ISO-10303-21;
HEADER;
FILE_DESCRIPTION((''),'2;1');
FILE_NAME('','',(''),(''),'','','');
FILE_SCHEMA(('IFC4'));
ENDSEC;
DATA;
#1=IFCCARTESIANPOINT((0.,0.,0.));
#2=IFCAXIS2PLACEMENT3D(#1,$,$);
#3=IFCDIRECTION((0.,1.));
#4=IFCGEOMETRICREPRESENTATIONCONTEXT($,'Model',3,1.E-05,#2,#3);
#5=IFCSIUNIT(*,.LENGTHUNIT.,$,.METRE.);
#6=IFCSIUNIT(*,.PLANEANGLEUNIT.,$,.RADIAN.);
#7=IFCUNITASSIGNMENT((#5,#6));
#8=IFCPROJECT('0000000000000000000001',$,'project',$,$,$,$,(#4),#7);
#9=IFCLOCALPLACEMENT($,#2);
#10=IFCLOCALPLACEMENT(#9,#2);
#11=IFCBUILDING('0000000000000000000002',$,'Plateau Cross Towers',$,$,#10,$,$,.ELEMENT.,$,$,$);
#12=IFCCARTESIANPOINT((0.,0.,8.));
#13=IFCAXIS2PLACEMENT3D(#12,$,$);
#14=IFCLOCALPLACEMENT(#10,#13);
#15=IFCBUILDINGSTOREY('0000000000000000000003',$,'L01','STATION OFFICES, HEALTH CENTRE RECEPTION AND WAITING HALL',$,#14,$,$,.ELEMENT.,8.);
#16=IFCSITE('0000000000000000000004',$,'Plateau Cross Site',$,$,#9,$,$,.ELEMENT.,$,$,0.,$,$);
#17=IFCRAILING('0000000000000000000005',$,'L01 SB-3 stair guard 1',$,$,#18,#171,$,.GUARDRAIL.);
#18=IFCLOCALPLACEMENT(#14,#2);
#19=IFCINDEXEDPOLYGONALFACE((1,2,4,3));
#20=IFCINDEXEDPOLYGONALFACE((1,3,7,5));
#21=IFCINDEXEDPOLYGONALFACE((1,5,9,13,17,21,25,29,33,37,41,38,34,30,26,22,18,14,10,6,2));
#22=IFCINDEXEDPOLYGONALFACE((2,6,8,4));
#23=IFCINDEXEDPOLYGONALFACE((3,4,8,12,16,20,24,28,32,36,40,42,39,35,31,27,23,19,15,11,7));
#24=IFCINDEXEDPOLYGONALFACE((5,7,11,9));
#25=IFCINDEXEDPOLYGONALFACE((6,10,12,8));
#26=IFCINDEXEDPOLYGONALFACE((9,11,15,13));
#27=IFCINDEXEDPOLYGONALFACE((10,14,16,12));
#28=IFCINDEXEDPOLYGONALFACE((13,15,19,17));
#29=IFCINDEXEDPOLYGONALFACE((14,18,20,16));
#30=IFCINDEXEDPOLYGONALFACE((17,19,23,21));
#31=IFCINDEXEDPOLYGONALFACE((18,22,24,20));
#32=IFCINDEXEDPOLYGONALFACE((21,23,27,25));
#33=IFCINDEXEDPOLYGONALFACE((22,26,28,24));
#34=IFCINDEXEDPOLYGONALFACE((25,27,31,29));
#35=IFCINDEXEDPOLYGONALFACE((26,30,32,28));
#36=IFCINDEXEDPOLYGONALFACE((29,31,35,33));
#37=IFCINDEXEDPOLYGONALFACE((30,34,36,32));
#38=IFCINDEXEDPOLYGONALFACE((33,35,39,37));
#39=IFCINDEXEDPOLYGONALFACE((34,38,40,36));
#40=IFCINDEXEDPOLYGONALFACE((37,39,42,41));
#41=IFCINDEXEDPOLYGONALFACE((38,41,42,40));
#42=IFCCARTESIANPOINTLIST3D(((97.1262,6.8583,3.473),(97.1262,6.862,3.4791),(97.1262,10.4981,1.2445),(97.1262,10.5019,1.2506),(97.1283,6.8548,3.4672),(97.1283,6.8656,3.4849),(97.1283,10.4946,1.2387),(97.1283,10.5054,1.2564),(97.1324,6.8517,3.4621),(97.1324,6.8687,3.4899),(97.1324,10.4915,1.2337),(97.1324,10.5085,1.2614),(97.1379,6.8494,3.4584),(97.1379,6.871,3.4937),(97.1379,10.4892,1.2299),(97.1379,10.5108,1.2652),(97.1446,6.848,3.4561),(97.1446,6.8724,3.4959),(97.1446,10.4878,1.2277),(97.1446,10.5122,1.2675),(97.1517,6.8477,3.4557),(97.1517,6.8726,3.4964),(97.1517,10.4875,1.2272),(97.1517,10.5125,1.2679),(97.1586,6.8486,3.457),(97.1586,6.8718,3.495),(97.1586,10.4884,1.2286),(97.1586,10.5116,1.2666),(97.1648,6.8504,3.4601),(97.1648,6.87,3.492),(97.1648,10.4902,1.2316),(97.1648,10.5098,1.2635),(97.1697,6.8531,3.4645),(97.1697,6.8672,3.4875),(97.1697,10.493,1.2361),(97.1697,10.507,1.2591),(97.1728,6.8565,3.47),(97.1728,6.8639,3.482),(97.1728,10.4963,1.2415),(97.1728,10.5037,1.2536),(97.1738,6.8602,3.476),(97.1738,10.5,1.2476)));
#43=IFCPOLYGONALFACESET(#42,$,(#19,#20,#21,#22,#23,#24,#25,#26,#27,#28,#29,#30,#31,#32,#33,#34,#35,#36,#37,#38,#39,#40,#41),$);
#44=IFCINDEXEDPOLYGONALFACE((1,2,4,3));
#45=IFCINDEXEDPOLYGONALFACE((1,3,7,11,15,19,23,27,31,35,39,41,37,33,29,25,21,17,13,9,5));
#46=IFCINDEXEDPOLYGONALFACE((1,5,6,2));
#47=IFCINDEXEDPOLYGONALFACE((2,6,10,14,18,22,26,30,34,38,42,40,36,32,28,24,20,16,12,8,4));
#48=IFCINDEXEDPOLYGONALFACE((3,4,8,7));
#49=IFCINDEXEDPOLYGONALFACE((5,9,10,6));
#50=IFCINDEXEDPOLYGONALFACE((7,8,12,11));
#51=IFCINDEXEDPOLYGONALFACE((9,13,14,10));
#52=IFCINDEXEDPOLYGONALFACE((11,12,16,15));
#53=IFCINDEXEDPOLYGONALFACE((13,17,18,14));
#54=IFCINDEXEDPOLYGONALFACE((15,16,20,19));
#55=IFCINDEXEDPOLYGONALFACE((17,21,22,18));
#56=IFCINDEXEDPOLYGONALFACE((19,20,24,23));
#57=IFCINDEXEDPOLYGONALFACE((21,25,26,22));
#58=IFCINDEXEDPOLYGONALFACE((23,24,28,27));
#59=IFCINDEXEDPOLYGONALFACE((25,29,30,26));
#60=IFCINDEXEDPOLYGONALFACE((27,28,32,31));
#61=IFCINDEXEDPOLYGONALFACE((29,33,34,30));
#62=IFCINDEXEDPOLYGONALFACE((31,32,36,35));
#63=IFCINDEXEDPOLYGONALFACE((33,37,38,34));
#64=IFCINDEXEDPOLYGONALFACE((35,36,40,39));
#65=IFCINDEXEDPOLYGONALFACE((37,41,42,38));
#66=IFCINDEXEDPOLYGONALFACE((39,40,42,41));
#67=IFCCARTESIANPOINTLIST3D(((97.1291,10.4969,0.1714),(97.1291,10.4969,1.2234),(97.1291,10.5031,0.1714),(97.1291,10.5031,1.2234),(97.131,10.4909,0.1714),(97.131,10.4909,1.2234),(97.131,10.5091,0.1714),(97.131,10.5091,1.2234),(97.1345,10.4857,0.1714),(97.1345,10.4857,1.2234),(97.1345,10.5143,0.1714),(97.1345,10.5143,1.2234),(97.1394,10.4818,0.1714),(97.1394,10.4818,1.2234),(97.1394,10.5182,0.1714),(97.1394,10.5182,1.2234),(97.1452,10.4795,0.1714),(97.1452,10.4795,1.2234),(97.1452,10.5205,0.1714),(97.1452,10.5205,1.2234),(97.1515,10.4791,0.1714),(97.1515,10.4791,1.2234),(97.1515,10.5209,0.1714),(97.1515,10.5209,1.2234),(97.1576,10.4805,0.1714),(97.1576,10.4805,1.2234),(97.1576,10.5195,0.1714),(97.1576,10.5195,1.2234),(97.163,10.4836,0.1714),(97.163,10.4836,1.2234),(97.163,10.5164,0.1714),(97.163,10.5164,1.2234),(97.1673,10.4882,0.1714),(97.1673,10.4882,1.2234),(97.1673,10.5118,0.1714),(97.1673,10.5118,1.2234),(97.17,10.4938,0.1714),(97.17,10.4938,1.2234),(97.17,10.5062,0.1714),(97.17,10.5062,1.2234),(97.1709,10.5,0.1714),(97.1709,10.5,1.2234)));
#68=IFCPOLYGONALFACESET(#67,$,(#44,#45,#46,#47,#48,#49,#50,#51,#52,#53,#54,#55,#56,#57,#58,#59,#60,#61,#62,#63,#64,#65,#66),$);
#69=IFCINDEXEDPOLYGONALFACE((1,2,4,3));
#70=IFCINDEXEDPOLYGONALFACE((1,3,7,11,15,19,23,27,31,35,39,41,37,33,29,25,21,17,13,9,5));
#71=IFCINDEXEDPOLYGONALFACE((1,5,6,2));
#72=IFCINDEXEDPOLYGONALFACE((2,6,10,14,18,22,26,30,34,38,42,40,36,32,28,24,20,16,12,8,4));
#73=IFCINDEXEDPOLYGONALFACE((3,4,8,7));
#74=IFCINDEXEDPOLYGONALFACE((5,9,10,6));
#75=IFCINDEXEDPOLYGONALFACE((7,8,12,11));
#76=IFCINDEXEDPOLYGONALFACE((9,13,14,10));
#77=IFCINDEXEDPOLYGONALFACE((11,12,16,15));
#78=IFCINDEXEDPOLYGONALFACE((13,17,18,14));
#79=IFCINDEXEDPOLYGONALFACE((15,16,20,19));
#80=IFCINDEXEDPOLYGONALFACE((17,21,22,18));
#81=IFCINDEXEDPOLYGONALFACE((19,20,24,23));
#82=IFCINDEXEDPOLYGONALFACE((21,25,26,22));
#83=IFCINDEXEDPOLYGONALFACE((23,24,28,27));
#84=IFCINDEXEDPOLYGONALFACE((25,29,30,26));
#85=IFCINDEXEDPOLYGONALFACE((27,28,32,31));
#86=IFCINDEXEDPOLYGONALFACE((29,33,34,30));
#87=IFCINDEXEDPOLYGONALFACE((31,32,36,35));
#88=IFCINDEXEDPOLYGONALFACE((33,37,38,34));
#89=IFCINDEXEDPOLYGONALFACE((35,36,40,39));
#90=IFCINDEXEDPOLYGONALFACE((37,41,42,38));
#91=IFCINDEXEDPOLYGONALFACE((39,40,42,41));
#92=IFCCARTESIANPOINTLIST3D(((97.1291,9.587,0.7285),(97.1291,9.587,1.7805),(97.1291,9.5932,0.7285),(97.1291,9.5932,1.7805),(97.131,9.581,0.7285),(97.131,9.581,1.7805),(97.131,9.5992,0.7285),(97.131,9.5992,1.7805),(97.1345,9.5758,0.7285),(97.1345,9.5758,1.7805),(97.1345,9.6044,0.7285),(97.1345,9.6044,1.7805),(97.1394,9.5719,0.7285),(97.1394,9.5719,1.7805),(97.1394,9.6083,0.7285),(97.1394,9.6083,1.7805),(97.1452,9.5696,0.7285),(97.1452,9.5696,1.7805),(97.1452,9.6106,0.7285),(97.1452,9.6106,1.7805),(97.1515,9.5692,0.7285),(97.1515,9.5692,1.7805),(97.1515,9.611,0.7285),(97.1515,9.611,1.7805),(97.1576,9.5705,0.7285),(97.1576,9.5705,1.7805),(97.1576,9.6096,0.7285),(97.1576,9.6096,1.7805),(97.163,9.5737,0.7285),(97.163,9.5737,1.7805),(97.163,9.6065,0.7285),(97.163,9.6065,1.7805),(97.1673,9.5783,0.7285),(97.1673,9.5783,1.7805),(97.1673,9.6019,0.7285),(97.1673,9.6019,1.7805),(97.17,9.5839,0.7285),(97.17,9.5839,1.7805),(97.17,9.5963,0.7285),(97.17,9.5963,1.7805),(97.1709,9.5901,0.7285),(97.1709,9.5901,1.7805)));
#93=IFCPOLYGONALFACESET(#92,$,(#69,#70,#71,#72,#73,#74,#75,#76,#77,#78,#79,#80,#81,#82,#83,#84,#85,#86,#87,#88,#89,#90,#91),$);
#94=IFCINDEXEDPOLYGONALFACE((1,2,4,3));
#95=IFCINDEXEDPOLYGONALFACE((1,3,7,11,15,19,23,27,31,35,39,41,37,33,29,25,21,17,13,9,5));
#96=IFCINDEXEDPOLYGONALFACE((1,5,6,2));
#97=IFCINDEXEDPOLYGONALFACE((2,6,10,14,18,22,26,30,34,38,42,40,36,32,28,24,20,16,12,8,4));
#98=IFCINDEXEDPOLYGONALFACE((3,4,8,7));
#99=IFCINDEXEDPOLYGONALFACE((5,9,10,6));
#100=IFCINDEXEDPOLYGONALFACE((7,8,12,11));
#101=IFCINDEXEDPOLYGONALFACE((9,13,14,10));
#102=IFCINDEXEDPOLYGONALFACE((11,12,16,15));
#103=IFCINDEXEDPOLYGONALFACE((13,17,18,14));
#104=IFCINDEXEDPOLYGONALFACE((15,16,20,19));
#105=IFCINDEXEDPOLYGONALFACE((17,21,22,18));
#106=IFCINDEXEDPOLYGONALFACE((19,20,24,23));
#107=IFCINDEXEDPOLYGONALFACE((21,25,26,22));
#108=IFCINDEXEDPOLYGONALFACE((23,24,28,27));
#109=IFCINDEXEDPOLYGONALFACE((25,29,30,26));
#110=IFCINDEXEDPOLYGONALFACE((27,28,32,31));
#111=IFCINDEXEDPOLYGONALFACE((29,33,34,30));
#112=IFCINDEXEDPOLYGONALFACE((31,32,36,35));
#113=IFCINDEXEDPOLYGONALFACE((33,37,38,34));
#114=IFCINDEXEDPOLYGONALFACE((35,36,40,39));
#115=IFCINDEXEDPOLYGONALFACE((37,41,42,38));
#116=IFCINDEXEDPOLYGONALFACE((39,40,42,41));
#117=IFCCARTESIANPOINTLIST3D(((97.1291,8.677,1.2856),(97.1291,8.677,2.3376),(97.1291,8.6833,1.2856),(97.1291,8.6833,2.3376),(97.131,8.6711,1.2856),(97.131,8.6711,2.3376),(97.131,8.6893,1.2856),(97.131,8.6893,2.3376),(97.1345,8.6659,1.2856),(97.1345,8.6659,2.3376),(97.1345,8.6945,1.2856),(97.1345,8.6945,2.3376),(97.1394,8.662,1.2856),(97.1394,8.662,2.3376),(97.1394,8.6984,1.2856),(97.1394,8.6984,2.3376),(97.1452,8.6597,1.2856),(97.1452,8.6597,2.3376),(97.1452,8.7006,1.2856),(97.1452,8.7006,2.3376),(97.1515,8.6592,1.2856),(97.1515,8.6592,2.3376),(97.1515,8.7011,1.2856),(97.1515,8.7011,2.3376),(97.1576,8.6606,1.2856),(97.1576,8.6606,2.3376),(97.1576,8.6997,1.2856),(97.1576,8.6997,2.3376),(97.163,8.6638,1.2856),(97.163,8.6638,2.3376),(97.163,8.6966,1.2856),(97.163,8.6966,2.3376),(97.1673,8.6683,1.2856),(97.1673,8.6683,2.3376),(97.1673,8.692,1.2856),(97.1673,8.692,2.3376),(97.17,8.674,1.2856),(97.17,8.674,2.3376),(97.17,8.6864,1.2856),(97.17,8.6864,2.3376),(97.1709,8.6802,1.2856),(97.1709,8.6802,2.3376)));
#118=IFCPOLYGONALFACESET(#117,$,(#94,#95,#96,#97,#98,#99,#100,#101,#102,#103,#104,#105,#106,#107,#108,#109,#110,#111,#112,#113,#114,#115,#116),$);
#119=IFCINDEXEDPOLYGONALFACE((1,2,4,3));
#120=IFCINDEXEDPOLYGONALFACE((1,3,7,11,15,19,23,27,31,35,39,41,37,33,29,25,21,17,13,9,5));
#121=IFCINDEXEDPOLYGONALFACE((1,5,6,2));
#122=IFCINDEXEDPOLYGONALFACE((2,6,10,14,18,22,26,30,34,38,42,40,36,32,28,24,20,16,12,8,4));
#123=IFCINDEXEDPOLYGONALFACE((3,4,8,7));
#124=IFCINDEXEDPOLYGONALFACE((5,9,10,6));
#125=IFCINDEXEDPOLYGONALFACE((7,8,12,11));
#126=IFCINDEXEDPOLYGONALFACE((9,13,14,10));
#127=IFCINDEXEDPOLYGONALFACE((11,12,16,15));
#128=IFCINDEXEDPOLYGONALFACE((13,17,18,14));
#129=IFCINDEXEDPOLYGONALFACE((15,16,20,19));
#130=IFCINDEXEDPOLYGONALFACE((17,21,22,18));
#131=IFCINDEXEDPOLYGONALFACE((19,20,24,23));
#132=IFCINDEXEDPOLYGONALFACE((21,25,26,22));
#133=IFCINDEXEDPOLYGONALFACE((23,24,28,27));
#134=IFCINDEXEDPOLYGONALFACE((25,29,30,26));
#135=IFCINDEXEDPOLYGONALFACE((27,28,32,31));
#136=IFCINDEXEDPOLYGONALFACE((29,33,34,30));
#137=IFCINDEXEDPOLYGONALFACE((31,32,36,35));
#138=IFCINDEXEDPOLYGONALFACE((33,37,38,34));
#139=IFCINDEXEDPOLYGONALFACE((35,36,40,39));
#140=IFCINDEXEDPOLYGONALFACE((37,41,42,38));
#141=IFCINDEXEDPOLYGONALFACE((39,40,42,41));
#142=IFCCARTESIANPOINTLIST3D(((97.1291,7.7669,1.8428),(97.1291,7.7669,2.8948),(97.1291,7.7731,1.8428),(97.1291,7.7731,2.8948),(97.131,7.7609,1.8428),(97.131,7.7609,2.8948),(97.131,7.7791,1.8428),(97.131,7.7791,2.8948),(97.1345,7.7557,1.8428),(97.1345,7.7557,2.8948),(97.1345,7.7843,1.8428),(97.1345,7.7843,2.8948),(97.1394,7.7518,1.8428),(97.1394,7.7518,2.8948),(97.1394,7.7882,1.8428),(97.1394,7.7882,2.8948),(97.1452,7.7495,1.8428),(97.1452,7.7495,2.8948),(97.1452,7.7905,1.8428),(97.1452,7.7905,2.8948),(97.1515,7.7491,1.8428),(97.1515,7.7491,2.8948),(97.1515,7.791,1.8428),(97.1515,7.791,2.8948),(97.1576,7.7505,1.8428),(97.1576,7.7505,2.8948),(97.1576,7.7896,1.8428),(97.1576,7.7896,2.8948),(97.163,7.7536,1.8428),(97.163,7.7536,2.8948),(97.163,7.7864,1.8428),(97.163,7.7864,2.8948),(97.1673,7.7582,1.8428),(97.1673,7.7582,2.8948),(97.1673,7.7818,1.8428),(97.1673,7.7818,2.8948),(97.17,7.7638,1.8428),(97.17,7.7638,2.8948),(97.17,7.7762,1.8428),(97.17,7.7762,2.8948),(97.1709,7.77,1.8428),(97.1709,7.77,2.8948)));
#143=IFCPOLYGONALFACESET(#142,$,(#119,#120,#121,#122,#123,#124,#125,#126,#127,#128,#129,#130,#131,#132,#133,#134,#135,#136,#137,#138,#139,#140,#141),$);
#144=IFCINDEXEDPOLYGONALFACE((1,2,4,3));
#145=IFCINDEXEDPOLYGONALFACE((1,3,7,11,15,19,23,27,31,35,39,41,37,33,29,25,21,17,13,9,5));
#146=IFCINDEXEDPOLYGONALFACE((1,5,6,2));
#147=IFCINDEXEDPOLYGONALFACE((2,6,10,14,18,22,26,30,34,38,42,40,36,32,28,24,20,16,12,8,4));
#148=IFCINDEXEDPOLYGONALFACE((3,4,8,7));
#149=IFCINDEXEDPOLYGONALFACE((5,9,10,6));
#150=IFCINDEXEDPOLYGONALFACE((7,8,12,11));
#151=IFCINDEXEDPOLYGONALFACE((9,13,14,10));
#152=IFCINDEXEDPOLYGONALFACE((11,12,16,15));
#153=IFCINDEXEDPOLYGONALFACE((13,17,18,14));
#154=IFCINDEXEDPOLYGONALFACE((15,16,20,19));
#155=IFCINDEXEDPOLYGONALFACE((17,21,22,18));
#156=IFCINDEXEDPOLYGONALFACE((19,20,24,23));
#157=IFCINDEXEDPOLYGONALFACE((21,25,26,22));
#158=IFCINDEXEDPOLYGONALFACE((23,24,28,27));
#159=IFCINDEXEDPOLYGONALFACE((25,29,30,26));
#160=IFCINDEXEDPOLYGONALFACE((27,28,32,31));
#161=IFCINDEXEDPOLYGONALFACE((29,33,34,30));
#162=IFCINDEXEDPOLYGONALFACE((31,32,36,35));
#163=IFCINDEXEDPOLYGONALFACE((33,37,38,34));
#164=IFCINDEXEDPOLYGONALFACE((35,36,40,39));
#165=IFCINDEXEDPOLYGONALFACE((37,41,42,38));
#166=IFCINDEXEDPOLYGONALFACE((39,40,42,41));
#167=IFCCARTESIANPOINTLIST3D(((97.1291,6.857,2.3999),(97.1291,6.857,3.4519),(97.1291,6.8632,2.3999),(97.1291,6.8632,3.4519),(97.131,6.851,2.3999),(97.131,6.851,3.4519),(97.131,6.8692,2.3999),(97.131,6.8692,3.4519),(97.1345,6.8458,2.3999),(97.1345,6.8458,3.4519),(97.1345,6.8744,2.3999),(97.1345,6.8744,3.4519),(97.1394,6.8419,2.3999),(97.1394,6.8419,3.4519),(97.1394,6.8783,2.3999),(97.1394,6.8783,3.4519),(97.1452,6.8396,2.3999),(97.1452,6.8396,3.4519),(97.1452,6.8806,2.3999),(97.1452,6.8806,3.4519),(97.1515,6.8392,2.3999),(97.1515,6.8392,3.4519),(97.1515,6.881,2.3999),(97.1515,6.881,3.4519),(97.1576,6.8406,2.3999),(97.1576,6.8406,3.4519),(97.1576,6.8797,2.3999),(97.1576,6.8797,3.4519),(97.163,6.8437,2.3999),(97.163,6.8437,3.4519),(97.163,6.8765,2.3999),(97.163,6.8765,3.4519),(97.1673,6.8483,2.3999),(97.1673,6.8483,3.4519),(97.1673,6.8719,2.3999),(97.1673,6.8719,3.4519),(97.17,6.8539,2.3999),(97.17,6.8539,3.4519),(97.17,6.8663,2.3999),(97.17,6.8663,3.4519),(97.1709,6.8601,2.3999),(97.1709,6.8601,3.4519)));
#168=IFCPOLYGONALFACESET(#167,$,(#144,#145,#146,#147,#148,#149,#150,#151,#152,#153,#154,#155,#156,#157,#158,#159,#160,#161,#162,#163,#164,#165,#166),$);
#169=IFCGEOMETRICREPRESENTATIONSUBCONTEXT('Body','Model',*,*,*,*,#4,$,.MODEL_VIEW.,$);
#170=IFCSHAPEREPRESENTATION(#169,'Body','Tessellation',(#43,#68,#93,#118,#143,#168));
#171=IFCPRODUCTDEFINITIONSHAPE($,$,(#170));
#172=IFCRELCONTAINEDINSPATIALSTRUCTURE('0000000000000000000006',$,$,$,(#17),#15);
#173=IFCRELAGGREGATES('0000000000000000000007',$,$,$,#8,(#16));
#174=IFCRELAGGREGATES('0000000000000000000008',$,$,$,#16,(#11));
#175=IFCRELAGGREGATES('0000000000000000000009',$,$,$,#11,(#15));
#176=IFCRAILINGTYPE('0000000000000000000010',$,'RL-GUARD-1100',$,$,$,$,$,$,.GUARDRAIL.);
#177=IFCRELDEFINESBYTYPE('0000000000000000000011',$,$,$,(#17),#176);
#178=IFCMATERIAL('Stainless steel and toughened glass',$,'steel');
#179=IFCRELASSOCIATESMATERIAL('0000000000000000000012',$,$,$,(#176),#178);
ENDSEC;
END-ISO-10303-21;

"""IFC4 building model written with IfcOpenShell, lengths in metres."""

from ifc_helpers import new_model, si_unit, direction, frame, origin, origin_2d, place, context, subcontext, project, spatial, circle, extrude, material, type_object, element, save


model = new_model("IFC4")

# Units and contexts
model_context = context("Model", 3, precision=1e-05, world=origin(), true_north=direction((0.0, 1.0)))
body_context = subcontext(model_context, "Body", "Model", "MODEL_VIEW")
ifc_project = project(units=[si_unit("LENGTHUNIT", "METRE"), si_unit("PLANEANGLEUNIT", "RADIAN")], contexts=[model_context])

# Site, building, storey
site_placement = place(None, origin())
site = spatial("IfcSite", under=ifc_project, at=site_placement, Name="Plateau Cross Site", CompositionType="ELEMENT", RefElevation=0.0)
building_placement = place(site_placement, origin())
building = spatial("IfcBuilding", under=site, at=building_placement, Name="Plateau Cross Towers", CompositionType="ELEMENT")
storey_placement = place(building_placement, frame((0.0, 0.0, 8.0)))
storey = spatial("IfcBuildingStorey", under=building, at=storey_placement, Name="L01", Description="STATION OFFICES, HEALTH CENTRE RECEPTION AND WAITING HALL", CompositionType="ELEMENT", Elevation=8.0)

# Railing
ifc_material_1 = material(Name="Stainless steel and toughened glass", Category="steel")
railing_type_1 = type_object("IfcRailingType", Name="RL-GUARD-1100", PredefinedType="GUARDRAIL", material=ifc_material_1)
railing_1_placement = place(storey_placement, frame((97.1499, 10.5, 0.1714)))
element("IfcRailing", 1, at=railing_1_placement, inside=storey, type_object=railing_type_1, Name="L01 SB-3 stair guard 1", PredefinedType="GUARDRAIL", context=body_context, shape_type="SweptSolid", body=[
    extrude(circle(Radius=0.0239, at=origin_2d()), frame((0.0, 0.0, 1.0762), z_axis=(0.0, -0.85285, 0.522156), x_axis=(1.0, 0.0, 0.0)), (0.0, 0.0, 1.0), 4.2678),
    extrude(circle(Radius=0.021, at=origin_2d()), origin(), (0.0, 0.0, 1.0), 1.052),
    extrude(circle(Radius=0.021, at=origin_2d()), frame((0.0, -0.9099, 0.5571)), (0.0, 0.0, 1.0), 1.052),
    extrude(circle(Radius=0.021, at=origin_2d()), frame((0.0, -1.8198, 1.1143)), (0.0, 0.0, 1.0), 1.052),
    extrude(circle(Radius=0.021, at=origin_2d()), frame((0.0, -2.73, 1.6714)), (0.0, 0.0, 1.0), 1.052),
    extrude(circle(Radius=0.021, at=origin_2d()), frame((0.0, -3.6399, 2.2285)), (0.0, 0.0, 1.0), 1.052),
])

save(model, "model.ifc")
